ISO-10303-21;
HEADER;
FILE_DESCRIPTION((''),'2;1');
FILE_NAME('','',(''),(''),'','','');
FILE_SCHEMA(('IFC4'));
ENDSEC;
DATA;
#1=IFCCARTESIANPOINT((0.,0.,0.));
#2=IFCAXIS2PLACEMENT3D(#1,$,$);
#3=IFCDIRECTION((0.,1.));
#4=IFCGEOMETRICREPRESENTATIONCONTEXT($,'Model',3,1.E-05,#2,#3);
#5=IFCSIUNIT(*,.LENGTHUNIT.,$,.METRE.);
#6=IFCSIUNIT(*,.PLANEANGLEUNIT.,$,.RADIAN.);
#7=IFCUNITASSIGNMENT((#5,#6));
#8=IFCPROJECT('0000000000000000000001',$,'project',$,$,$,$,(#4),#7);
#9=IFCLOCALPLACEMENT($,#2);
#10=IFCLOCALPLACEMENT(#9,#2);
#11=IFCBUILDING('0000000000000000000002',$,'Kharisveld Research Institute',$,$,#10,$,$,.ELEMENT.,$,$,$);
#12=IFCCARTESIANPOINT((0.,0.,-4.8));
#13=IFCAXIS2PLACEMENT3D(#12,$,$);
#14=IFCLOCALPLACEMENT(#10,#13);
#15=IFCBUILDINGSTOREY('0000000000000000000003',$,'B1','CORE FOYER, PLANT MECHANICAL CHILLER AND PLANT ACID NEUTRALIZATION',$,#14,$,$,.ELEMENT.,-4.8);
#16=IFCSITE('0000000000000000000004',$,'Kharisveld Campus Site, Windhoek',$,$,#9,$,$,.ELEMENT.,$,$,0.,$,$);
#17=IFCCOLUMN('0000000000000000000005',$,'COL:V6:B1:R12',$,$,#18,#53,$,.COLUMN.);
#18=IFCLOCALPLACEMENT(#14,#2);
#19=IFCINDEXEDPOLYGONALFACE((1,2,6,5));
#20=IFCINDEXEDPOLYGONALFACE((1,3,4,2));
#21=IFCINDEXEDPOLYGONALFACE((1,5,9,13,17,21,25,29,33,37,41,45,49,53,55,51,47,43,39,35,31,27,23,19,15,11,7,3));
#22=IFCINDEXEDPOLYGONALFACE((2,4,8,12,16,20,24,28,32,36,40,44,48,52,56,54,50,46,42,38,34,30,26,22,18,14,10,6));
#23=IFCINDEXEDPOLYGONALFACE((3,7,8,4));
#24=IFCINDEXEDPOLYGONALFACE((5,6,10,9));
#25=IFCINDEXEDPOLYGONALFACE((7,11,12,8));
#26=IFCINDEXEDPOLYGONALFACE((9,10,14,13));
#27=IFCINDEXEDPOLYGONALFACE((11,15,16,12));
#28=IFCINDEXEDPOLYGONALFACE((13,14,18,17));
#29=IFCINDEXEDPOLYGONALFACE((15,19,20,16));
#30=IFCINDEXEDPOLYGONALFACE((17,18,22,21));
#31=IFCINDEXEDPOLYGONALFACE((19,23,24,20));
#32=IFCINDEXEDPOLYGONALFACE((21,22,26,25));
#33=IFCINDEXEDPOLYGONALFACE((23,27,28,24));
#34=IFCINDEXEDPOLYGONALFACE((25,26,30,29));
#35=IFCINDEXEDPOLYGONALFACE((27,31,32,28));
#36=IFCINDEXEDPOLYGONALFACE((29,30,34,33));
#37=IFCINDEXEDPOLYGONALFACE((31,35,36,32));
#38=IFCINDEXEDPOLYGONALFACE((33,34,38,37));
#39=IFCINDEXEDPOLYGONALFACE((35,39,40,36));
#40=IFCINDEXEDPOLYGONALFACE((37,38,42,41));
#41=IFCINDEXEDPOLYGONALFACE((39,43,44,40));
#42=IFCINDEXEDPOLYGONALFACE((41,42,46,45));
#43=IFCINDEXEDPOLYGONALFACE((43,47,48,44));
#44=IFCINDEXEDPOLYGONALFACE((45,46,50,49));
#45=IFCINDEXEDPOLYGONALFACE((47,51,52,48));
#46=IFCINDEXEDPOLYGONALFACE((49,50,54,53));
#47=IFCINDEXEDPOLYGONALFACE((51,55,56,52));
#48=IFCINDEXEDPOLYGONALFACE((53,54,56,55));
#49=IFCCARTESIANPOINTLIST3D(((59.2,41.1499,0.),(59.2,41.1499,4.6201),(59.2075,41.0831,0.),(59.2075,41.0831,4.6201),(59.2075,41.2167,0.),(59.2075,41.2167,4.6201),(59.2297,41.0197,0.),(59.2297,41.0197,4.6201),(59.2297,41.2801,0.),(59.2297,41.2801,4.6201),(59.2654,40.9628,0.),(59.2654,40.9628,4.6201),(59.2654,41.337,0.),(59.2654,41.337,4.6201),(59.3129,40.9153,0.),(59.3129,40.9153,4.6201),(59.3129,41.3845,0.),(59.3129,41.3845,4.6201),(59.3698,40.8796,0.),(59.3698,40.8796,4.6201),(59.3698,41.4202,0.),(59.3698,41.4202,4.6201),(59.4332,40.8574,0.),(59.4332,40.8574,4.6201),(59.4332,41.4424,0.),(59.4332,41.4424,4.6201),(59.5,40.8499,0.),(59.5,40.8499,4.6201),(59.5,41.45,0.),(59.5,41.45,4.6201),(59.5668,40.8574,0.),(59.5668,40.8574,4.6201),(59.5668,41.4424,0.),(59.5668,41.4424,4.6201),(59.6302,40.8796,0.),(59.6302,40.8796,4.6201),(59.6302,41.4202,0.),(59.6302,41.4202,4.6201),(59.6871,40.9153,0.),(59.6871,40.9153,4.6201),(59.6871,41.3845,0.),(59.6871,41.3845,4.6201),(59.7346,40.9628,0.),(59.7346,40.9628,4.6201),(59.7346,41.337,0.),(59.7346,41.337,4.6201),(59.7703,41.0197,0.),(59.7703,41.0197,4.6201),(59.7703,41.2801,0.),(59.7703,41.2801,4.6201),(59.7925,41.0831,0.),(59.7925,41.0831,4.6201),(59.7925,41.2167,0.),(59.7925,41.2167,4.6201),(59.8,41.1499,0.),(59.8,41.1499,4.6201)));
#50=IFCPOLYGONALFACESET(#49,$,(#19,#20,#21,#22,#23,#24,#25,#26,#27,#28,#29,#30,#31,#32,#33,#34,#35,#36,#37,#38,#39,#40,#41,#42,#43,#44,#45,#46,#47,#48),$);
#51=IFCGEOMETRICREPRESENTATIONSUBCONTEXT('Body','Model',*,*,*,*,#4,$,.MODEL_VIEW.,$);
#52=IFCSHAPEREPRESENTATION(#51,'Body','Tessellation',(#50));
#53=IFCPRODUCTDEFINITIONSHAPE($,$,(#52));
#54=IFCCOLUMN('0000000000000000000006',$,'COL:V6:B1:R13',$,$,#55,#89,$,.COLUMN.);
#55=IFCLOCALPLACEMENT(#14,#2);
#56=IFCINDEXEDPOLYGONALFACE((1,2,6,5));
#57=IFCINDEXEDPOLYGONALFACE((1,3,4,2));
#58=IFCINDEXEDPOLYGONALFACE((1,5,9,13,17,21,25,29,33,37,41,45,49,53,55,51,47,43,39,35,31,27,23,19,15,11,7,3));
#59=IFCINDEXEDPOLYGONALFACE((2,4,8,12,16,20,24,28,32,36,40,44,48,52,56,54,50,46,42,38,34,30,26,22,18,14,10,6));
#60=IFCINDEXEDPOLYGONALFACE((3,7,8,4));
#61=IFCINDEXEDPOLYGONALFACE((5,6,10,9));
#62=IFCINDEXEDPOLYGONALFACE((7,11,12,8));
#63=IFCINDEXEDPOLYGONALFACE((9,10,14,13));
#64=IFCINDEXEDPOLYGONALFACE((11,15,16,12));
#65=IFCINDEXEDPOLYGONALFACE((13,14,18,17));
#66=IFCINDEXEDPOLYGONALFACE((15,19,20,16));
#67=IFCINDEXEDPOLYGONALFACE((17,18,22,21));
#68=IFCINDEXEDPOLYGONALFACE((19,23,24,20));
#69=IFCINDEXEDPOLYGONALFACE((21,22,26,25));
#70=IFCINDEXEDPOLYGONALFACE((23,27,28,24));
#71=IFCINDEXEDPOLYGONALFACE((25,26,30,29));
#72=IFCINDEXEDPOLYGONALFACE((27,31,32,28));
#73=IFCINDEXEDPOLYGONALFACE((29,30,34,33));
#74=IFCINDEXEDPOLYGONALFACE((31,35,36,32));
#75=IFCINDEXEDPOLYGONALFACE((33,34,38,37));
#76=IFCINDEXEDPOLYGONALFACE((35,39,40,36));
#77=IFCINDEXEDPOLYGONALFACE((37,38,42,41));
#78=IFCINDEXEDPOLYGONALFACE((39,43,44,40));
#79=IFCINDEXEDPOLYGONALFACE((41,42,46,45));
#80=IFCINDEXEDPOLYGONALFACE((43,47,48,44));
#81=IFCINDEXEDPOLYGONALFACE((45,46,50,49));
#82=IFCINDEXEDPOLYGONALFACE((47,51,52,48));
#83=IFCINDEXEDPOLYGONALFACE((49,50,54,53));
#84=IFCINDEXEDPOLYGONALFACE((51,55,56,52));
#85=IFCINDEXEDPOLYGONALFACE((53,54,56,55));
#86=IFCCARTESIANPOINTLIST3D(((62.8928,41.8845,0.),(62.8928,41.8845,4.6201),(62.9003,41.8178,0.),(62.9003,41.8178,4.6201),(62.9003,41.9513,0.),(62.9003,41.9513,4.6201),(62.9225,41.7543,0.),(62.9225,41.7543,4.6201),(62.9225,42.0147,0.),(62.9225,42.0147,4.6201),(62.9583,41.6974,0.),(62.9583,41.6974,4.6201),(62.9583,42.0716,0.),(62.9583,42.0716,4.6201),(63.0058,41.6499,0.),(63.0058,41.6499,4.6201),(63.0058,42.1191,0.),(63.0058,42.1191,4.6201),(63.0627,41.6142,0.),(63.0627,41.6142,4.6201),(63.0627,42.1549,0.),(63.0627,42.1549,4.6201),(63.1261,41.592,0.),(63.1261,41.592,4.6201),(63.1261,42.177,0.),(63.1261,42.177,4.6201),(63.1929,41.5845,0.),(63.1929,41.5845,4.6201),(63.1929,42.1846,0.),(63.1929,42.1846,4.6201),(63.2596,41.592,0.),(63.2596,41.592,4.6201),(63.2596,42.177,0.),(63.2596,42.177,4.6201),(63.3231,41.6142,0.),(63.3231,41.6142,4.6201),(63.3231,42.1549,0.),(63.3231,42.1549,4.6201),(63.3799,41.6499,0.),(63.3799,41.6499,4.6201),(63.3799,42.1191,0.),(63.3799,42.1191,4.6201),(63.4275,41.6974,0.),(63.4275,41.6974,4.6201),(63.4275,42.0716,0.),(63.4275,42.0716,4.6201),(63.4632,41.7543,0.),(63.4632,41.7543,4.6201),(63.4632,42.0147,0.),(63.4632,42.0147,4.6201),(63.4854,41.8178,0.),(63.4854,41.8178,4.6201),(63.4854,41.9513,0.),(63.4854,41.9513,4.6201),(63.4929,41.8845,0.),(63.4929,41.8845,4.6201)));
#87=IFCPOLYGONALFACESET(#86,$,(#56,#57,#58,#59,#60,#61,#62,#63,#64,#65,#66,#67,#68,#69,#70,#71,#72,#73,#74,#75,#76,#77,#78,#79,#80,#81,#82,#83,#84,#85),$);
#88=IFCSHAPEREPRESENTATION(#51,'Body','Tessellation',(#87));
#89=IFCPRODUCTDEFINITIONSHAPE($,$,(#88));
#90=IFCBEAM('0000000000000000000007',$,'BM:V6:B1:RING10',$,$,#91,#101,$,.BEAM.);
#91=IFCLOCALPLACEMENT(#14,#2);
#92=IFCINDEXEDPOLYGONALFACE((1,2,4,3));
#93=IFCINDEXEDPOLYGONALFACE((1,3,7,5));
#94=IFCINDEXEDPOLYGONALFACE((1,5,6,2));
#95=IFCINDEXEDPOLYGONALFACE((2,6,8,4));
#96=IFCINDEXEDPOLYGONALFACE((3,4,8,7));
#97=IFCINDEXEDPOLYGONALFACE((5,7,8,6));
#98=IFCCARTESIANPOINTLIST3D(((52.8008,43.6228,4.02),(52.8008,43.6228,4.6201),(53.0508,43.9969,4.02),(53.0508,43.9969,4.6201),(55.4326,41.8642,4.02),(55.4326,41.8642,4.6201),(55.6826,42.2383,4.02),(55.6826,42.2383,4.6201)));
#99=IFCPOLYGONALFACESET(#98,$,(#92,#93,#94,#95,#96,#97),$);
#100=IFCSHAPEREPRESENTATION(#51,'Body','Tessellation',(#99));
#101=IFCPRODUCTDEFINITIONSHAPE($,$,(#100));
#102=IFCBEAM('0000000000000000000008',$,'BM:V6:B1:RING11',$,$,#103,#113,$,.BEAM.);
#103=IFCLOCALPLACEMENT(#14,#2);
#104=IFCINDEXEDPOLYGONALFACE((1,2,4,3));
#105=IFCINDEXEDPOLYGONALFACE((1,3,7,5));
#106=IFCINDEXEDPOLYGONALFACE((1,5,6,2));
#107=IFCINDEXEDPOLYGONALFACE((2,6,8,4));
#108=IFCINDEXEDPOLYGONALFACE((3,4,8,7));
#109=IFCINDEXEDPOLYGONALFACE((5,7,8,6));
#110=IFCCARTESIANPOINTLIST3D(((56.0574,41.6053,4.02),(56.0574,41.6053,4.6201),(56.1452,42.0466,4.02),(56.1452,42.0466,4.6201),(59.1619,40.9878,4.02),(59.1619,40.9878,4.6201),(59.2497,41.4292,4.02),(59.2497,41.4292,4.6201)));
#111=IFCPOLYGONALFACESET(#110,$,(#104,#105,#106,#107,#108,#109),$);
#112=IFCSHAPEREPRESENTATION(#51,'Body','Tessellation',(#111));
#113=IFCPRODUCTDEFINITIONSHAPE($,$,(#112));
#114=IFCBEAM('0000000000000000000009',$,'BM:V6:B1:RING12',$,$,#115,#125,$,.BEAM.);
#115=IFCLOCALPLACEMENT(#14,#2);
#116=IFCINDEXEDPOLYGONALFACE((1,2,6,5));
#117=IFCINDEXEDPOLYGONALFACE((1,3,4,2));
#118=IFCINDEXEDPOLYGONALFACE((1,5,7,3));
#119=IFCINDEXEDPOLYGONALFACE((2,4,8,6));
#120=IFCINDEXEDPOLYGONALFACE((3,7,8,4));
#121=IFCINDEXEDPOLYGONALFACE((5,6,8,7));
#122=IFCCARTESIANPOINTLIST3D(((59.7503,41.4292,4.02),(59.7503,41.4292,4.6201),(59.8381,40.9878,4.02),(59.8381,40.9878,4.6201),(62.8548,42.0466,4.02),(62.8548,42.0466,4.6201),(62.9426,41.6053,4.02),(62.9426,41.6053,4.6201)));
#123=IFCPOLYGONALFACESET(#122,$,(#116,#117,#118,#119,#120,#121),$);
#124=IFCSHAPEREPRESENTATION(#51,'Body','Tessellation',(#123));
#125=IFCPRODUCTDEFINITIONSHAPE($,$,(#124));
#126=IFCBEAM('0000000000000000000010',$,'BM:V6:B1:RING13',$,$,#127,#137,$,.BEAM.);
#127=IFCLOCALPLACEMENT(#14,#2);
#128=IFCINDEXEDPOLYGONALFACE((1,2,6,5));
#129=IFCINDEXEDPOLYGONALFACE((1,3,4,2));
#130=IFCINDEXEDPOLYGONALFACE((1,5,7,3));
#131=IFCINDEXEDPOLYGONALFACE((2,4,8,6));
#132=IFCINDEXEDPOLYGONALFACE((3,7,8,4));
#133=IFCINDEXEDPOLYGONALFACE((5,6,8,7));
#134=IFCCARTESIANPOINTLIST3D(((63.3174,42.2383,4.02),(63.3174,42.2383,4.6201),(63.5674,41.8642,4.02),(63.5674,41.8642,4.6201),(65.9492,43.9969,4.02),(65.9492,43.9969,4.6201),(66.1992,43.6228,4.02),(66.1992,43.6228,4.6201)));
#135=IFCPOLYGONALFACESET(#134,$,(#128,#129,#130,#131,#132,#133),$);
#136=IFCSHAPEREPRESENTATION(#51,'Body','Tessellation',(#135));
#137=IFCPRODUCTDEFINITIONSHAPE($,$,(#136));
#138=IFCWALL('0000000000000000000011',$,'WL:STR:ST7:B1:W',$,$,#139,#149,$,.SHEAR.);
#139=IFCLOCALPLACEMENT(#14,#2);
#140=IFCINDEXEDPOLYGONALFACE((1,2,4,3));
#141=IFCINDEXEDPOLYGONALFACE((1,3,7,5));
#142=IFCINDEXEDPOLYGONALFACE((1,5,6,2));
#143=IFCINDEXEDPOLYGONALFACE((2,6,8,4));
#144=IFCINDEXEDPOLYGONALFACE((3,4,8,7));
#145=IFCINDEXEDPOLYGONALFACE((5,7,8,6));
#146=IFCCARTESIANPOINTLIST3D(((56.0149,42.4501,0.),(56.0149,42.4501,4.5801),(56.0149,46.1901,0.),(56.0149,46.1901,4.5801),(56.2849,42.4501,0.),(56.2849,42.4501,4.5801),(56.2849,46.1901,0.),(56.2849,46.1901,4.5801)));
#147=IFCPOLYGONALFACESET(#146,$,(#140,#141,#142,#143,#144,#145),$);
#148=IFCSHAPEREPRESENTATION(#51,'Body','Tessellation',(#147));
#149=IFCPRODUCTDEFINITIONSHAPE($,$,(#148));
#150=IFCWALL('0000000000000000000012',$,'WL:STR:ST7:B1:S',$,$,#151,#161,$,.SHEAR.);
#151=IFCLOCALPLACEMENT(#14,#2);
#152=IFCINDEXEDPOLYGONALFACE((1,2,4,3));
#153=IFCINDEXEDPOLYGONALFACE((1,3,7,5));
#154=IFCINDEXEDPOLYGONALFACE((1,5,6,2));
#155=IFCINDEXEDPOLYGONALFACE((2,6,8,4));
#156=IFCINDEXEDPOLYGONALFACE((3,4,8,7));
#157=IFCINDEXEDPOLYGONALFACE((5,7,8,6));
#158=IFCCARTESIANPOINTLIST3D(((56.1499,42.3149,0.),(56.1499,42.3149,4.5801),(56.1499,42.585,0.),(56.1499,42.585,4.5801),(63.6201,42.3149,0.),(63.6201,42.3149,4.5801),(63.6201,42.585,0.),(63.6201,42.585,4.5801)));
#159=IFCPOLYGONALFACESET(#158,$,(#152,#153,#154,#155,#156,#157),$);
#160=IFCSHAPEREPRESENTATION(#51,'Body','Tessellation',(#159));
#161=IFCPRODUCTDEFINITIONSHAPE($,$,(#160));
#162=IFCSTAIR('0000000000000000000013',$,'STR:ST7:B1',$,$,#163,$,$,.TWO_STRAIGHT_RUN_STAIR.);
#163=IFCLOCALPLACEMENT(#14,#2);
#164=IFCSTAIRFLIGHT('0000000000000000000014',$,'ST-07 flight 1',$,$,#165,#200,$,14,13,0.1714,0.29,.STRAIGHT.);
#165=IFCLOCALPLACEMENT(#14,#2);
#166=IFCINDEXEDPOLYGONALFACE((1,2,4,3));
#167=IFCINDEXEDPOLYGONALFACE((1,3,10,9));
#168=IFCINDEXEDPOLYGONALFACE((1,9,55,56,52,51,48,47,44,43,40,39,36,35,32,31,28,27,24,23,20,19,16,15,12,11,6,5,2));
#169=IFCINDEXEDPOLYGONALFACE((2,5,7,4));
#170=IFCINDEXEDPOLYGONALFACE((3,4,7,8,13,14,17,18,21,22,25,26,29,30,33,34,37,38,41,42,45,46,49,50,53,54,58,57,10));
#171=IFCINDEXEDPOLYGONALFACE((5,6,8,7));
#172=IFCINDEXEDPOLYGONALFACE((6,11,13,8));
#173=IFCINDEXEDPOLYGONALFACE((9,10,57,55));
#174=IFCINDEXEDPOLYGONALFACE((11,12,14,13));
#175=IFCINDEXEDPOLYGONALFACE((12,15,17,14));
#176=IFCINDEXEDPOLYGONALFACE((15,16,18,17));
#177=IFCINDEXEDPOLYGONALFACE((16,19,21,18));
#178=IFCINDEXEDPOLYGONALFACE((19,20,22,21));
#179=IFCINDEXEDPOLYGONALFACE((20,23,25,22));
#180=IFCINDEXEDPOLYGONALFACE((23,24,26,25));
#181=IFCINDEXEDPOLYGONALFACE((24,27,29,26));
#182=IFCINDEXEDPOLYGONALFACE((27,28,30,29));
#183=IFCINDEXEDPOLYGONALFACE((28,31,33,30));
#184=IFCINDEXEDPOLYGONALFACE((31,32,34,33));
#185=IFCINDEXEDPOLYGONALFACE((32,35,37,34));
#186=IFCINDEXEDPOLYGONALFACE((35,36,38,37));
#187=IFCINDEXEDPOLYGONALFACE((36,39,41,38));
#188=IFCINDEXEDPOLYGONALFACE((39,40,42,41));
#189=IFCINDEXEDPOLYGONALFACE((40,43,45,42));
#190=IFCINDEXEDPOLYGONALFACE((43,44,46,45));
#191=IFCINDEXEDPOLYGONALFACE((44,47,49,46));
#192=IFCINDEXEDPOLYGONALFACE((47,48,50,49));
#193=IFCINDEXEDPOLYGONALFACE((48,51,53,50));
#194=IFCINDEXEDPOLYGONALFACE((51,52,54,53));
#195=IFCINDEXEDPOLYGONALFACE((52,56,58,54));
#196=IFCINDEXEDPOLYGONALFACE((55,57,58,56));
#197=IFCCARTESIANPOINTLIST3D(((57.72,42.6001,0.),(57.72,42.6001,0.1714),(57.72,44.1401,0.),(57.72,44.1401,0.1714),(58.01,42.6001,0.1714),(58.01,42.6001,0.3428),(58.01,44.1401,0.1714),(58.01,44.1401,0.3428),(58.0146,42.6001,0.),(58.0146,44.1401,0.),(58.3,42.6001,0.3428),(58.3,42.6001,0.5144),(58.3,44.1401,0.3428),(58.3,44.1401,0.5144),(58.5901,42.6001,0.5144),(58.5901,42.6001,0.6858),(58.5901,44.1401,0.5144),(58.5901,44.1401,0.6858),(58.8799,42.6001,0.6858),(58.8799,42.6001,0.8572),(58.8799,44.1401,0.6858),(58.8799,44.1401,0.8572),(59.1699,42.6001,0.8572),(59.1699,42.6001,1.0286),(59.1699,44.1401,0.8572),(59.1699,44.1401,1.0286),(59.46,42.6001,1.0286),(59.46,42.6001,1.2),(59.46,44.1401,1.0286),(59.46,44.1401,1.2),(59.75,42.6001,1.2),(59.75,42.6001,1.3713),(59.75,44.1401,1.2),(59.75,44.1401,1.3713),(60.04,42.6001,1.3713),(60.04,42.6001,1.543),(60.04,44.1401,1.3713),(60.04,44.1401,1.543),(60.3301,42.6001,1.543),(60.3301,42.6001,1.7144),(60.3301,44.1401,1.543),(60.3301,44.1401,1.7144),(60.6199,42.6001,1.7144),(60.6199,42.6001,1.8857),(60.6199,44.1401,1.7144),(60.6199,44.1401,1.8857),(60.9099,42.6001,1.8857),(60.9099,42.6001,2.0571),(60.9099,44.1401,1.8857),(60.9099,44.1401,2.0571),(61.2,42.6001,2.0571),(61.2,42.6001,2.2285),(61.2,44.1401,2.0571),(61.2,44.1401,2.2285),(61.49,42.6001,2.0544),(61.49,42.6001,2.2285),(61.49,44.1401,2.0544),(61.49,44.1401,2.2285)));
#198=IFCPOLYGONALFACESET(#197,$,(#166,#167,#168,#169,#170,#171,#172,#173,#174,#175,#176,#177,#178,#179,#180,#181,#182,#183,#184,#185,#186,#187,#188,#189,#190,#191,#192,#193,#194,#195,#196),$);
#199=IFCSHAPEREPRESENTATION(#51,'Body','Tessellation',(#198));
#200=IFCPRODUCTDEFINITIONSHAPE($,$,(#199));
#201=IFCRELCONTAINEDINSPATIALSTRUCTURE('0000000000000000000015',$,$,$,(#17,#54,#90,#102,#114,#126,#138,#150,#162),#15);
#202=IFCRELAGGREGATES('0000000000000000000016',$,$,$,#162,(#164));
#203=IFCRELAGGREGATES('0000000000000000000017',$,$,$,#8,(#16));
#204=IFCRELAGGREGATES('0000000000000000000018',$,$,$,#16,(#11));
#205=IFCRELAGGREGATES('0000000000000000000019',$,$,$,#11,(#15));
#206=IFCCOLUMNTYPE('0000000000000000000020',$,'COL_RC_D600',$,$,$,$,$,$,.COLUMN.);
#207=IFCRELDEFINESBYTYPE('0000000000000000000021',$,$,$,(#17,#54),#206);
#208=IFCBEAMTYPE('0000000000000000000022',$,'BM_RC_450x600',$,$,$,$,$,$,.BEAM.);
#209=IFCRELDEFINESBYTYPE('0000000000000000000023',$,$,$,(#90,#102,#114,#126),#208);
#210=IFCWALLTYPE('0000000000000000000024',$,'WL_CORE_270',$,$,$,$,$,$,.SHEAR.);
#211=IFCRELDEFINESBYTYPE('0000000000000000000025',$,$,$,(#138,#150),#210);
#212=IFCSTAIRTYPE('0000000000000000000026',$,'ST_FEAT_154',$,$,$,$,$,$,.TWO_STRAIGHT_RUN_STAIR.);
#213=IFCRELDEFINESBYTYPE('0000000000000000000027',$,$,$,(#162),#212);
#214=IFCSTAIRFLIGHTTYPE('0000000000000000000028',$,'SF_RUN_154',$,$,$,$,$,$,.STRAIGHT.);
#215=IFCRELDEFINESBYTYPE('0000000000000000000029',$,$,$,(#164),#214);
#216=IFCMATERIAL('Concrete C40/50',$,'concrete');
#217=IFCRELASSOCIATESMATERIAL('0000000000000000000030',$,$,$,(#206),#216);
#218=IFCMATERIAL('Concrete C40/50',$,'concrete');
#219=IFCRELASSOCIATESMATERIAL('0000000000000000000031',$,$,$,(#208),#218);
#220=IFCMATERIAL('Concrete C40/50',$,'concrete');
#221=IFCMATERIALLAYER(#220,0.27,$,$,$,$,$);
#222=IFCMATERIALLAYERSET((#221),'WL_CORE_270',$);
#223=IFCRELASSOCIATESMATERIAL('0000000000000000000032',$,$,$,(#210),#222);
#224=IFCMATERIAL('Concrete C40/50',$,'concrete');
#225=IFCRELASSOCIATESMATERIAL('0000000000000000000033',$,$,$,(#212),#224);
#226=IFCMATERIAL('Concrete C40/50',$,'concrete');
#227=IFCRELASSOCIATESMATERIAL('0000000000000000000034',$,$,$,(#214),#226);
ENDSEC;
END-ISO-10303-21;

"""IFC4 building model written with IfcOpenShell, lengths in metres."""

from ifc_helpers import new_model, si_unit, direction, frame, frame_2d, origin, origin_2d, place, context, subcontext, project, spatial, polyline, rectangle, circle, outline, extrude, material, layer, layer_set, material_profile, profile_set, type_object, element, aggregate, save


model = new_model("IFC4")

# Units and contexts
model_context = context("Model", 3, precision=1e-05, world=origin(), true_north=direction((0.0, 1.0)))
body_context = subcontext(model_context, "Body", "Model", "MODEL_VIEW")
ifc_project = project(units=[si_unit("LENGTHUNIT", "METRE"), si_unit("PLANEANGLEUNIT", "RADIAN")], contexts=[model_context])

# Site, building, storey
site_placement = place(None, origin())
site = spatial("IfcSite", under=ifc_project, at=site_placement, Name="Kharisveld Campus Site, Windhoek", CompositionType="ELEMENT", RefElevation=0.0)
building_placement = place(site_placement, origin())
building = spatial("IfcBuilding", under=site, at=building_placement, Name="Kharisveld Research Institute", CompositionType="ELEMENT")
storey_placement = place(building_placement, frame((0.0, 0.0, -4.8)))
storey = spatial("IfcBuildingStorey", under=building, at=storey_placement, Name="B1", Description="CORE FOYER, PLANT MECHANICAL CHILLER AND PLANT ACID NEUTRALIZATION", CompositionType="ELEMENT", Elevation=-4.8)

# Columns
ifc_material_1 = material(Name="Concrete C40/50", Category="concrete")
ifc_material_profile_1 = material_profile(ifc_material_1, circle(Radius=0.3, at=origin_2d()))
ifc_profile_set_1 = profile_set([ifc_material_profile_1], Name="Concrete C40/50")
column_type_1 = type_object("IfcColumnType", Name="COL_RC_D600", PredefinedType="COLUMN", material=ifc_profile_set_1)
for number, where, z_axis, x_axis, name in (
    (1, (59.5, 41.1499, 0.0), (0.0, 0.0, 1.0), (1.0, 0.0, 0.0), "COL:V6:B1:R12"),
    (2, (63.1929, 41.8845, 0.0), (0.0, 0.0, 1.0), (1.0, 0.0, 0.0), "COL:V6:B1:R13"),
):
    element("IfcColumn", number, at=place(storey_placement, frame(where, z_axis=z_axis, x_axis=x_axis)), inside=storey, type_object=column_type_1, Name=name, PredefinedType="COLUMN", context=body_context, shape_type="SweptSolid", body=[
        extrude(circle(Radius=0.3, at=origin_2d()), origin(), (0.0, 0.0, 1.0), 4.6201),
    ])

# Beams
ifc_material_2 = material(Name="Concrete C40/50", Category="concrete")
ifc_material_profile_2 = material_profile(ifc_material_2, rectangle(XDim=0.45, YDim=0.6001, at=origin_2d()))
ifc_profile_set_2 = profile_set([ifc_material_profile_2], Name="Concrete C40/50")
beam_type = type_object("IfcBeamType", Name="BM_RC_450x600", PredefinedType="BEAM", material=ifc_profile_set_2)
for number, where, z_axis, x_axis, name in (
    (3, (52.9258, 43.8098, 4.3201), (0.831468, -0.555572, 0.0), (0.555572, 0.831468, 0.0), "BM:V6:B1:RING10"),
    (4, (56.1013, 41.8259, 4.3201), (0.980791, -0.195063, 0.0), (0.195063, 0.980791, 0.0), "BM:V6:B1:RING11"),
    (5, (59.7942, 41.2085, 4.3201), (0.980791, 0.195063, 0.0), (-0.195063, 0.980791, 0.0), "BM:V6:B1:RING12"),
    (6, (63.4424, 42.0513, 4.3201), (0.831468, 0.555572, 0.0), (-0.555572, 0.831468, 0.0), "BM:V6:B1:RING13"),
):
    element("IfcBeam", number, at=place(storey_placement, frame(where, z_axis=z_axis, x_axis=x_axis)), inside=storey, type_object=beam_type, Name=name, PredefinedType="BEAM", context=body_context, shape_type="SweptSolid", body=[
        extrude(rectangle(XDim=0.45, YDim=0.6001, at=origin_2d()), origin(), (0.0, 0.0, 1.0), 3.1653),
    ])

# Walls
ifc_material_3 = material(Name="Concrete C40/50", Category="concrete")
ifc_layer = layer(ifc_material_3, 0.27)
ifc_layer_set = layer_set([ifc_layer], Name="WL_CORE_270")
wall_type = type_object("IfcWallType", Name="WL_CORE_270", PredefinedType="SHEAR", material=ifc_layer_set)
wall_1_placement = place(storey_placement, frame((56.1499, 42.45, 0.0), z_axis=(0.0, 0.0, 1.0), x_axis=(0.0, 1.0, 0.0)))
element("IfcWall", 7, at=wall_1_placement, inside=storey, type_object=wall_type, Name="WL:STR:ST7:B1:W", PredefinedType="SHEAR", context=body_context, shape_type="SweptSolid", body=[
    extrude(rectangle(XDim=3.74, YDim=0.27, at=frame_2d((1.8701, 0.0))), origin(), (0.0, 0.0, 1.0), 4.5801),
])
wall_2_placement = place(storey_placement, frame((63.6201, 42.45, 0.0), z_axis=(0.0, 0.0, 1.0), x_axis=(-1.0, 0.0, 0.0)))
element("IfcWall", 8, at=wall_2_placement, inside=storey, type_object=wall_type, Name="WL:STR:ST7:B1:S", PredefinedType="SHEAR", context=body_context, shape_type="SweptSolid", body=[
    extrude(rectangle(XDim=7.4702, YDim=0.27, at=frame_2d((3.7351, 0.0))), origin(), (0.0, 0.0, 1.0), 4.5801),
])

# Stair, stair flight
ifc_material_4 = material(Name="Concrete C40/50", Category="concrete")
stair_type = type_object("IfcStairType", Name="ST_FEAT_154", PredefinedType="TWO_STRAIGHT_RUN_STAIR", material=ifc_material_4)
stair_placement = place(storey_placement, origin())
stair = element("IfcStair", 9, at=stair_placement, inside=storey, type_object=stair_type, Name="STR:ST7:B1", PredefinedType="TWO_STRAIGHT_RUN_STAIR")
ifc_material_5 = material(Name="Concrete C40/50", Category="concrete")
stair_flight_type = type_object("IfcStairFlightType", Name="SF_RUN_154", PredefinedType="STRAIGHT", material=ifc_material_5)
stair_flight_1_placement = place(storey_placement, frame((57.72, 43.3701, 0.0), z_axis=(0.0, 0.0, 1.0), x_axis=(1.0, 0.0, 0.0)))
stair_flight_1 = element("IfcStairFlight", 10, at=stair_flight_1_placement, type_object=stair_flight_type, Name="ST-07 flight 1", NumberOfRisers=14, NumberOfTreads=13, PredefinedType="STRAIGHT", RiserHeight=0.1714, TreadLength=0.29, context=body_context, shape_type="SweptSolid", body=[
    extrude(outline(polyline([(0.0, 0.0), (0.0, 0.1714), (0.29, 0.1714), (0.29, 0.3428), (0.5801, 0.3428), (0.5801, 0.5144), (0.8701, 0.5144), (0.8701, 0.6858), (1.1599, 0.6858), (1.1599, 0.8572), (1.45, 0.8572), (1.45, 1.0286), (1.74, 1.0286), (1.74, 1.2), (2.03, 1.2), (2.03, 1.3713), (2.3201, 1.3713), (2.3201, 1.543), (2.6101, 1.543), (2.6101, 1.7144), (2.8999, 1.7144), (2.8999, 1.8857), (3.1899, 1.8857), (3.1899, 2.0571), (3.48, 2.0571), (3.48, 2.2285), (3.77, 2.2285), (3.77, 2.3999), (3.77, 2.0544), (0.2947, 0.0), (0.0, 0.0)])), frame((0.0, 0.77, 0.0), z_axis=(0.0, -1.0, 0.0), x_axis=(1.0, 0.0, 0.0)), (0.0, 0.0, 1.0), 1.54),
])
aggregate(stair, [stair_flight_1])

save(model, "model.ifc")
